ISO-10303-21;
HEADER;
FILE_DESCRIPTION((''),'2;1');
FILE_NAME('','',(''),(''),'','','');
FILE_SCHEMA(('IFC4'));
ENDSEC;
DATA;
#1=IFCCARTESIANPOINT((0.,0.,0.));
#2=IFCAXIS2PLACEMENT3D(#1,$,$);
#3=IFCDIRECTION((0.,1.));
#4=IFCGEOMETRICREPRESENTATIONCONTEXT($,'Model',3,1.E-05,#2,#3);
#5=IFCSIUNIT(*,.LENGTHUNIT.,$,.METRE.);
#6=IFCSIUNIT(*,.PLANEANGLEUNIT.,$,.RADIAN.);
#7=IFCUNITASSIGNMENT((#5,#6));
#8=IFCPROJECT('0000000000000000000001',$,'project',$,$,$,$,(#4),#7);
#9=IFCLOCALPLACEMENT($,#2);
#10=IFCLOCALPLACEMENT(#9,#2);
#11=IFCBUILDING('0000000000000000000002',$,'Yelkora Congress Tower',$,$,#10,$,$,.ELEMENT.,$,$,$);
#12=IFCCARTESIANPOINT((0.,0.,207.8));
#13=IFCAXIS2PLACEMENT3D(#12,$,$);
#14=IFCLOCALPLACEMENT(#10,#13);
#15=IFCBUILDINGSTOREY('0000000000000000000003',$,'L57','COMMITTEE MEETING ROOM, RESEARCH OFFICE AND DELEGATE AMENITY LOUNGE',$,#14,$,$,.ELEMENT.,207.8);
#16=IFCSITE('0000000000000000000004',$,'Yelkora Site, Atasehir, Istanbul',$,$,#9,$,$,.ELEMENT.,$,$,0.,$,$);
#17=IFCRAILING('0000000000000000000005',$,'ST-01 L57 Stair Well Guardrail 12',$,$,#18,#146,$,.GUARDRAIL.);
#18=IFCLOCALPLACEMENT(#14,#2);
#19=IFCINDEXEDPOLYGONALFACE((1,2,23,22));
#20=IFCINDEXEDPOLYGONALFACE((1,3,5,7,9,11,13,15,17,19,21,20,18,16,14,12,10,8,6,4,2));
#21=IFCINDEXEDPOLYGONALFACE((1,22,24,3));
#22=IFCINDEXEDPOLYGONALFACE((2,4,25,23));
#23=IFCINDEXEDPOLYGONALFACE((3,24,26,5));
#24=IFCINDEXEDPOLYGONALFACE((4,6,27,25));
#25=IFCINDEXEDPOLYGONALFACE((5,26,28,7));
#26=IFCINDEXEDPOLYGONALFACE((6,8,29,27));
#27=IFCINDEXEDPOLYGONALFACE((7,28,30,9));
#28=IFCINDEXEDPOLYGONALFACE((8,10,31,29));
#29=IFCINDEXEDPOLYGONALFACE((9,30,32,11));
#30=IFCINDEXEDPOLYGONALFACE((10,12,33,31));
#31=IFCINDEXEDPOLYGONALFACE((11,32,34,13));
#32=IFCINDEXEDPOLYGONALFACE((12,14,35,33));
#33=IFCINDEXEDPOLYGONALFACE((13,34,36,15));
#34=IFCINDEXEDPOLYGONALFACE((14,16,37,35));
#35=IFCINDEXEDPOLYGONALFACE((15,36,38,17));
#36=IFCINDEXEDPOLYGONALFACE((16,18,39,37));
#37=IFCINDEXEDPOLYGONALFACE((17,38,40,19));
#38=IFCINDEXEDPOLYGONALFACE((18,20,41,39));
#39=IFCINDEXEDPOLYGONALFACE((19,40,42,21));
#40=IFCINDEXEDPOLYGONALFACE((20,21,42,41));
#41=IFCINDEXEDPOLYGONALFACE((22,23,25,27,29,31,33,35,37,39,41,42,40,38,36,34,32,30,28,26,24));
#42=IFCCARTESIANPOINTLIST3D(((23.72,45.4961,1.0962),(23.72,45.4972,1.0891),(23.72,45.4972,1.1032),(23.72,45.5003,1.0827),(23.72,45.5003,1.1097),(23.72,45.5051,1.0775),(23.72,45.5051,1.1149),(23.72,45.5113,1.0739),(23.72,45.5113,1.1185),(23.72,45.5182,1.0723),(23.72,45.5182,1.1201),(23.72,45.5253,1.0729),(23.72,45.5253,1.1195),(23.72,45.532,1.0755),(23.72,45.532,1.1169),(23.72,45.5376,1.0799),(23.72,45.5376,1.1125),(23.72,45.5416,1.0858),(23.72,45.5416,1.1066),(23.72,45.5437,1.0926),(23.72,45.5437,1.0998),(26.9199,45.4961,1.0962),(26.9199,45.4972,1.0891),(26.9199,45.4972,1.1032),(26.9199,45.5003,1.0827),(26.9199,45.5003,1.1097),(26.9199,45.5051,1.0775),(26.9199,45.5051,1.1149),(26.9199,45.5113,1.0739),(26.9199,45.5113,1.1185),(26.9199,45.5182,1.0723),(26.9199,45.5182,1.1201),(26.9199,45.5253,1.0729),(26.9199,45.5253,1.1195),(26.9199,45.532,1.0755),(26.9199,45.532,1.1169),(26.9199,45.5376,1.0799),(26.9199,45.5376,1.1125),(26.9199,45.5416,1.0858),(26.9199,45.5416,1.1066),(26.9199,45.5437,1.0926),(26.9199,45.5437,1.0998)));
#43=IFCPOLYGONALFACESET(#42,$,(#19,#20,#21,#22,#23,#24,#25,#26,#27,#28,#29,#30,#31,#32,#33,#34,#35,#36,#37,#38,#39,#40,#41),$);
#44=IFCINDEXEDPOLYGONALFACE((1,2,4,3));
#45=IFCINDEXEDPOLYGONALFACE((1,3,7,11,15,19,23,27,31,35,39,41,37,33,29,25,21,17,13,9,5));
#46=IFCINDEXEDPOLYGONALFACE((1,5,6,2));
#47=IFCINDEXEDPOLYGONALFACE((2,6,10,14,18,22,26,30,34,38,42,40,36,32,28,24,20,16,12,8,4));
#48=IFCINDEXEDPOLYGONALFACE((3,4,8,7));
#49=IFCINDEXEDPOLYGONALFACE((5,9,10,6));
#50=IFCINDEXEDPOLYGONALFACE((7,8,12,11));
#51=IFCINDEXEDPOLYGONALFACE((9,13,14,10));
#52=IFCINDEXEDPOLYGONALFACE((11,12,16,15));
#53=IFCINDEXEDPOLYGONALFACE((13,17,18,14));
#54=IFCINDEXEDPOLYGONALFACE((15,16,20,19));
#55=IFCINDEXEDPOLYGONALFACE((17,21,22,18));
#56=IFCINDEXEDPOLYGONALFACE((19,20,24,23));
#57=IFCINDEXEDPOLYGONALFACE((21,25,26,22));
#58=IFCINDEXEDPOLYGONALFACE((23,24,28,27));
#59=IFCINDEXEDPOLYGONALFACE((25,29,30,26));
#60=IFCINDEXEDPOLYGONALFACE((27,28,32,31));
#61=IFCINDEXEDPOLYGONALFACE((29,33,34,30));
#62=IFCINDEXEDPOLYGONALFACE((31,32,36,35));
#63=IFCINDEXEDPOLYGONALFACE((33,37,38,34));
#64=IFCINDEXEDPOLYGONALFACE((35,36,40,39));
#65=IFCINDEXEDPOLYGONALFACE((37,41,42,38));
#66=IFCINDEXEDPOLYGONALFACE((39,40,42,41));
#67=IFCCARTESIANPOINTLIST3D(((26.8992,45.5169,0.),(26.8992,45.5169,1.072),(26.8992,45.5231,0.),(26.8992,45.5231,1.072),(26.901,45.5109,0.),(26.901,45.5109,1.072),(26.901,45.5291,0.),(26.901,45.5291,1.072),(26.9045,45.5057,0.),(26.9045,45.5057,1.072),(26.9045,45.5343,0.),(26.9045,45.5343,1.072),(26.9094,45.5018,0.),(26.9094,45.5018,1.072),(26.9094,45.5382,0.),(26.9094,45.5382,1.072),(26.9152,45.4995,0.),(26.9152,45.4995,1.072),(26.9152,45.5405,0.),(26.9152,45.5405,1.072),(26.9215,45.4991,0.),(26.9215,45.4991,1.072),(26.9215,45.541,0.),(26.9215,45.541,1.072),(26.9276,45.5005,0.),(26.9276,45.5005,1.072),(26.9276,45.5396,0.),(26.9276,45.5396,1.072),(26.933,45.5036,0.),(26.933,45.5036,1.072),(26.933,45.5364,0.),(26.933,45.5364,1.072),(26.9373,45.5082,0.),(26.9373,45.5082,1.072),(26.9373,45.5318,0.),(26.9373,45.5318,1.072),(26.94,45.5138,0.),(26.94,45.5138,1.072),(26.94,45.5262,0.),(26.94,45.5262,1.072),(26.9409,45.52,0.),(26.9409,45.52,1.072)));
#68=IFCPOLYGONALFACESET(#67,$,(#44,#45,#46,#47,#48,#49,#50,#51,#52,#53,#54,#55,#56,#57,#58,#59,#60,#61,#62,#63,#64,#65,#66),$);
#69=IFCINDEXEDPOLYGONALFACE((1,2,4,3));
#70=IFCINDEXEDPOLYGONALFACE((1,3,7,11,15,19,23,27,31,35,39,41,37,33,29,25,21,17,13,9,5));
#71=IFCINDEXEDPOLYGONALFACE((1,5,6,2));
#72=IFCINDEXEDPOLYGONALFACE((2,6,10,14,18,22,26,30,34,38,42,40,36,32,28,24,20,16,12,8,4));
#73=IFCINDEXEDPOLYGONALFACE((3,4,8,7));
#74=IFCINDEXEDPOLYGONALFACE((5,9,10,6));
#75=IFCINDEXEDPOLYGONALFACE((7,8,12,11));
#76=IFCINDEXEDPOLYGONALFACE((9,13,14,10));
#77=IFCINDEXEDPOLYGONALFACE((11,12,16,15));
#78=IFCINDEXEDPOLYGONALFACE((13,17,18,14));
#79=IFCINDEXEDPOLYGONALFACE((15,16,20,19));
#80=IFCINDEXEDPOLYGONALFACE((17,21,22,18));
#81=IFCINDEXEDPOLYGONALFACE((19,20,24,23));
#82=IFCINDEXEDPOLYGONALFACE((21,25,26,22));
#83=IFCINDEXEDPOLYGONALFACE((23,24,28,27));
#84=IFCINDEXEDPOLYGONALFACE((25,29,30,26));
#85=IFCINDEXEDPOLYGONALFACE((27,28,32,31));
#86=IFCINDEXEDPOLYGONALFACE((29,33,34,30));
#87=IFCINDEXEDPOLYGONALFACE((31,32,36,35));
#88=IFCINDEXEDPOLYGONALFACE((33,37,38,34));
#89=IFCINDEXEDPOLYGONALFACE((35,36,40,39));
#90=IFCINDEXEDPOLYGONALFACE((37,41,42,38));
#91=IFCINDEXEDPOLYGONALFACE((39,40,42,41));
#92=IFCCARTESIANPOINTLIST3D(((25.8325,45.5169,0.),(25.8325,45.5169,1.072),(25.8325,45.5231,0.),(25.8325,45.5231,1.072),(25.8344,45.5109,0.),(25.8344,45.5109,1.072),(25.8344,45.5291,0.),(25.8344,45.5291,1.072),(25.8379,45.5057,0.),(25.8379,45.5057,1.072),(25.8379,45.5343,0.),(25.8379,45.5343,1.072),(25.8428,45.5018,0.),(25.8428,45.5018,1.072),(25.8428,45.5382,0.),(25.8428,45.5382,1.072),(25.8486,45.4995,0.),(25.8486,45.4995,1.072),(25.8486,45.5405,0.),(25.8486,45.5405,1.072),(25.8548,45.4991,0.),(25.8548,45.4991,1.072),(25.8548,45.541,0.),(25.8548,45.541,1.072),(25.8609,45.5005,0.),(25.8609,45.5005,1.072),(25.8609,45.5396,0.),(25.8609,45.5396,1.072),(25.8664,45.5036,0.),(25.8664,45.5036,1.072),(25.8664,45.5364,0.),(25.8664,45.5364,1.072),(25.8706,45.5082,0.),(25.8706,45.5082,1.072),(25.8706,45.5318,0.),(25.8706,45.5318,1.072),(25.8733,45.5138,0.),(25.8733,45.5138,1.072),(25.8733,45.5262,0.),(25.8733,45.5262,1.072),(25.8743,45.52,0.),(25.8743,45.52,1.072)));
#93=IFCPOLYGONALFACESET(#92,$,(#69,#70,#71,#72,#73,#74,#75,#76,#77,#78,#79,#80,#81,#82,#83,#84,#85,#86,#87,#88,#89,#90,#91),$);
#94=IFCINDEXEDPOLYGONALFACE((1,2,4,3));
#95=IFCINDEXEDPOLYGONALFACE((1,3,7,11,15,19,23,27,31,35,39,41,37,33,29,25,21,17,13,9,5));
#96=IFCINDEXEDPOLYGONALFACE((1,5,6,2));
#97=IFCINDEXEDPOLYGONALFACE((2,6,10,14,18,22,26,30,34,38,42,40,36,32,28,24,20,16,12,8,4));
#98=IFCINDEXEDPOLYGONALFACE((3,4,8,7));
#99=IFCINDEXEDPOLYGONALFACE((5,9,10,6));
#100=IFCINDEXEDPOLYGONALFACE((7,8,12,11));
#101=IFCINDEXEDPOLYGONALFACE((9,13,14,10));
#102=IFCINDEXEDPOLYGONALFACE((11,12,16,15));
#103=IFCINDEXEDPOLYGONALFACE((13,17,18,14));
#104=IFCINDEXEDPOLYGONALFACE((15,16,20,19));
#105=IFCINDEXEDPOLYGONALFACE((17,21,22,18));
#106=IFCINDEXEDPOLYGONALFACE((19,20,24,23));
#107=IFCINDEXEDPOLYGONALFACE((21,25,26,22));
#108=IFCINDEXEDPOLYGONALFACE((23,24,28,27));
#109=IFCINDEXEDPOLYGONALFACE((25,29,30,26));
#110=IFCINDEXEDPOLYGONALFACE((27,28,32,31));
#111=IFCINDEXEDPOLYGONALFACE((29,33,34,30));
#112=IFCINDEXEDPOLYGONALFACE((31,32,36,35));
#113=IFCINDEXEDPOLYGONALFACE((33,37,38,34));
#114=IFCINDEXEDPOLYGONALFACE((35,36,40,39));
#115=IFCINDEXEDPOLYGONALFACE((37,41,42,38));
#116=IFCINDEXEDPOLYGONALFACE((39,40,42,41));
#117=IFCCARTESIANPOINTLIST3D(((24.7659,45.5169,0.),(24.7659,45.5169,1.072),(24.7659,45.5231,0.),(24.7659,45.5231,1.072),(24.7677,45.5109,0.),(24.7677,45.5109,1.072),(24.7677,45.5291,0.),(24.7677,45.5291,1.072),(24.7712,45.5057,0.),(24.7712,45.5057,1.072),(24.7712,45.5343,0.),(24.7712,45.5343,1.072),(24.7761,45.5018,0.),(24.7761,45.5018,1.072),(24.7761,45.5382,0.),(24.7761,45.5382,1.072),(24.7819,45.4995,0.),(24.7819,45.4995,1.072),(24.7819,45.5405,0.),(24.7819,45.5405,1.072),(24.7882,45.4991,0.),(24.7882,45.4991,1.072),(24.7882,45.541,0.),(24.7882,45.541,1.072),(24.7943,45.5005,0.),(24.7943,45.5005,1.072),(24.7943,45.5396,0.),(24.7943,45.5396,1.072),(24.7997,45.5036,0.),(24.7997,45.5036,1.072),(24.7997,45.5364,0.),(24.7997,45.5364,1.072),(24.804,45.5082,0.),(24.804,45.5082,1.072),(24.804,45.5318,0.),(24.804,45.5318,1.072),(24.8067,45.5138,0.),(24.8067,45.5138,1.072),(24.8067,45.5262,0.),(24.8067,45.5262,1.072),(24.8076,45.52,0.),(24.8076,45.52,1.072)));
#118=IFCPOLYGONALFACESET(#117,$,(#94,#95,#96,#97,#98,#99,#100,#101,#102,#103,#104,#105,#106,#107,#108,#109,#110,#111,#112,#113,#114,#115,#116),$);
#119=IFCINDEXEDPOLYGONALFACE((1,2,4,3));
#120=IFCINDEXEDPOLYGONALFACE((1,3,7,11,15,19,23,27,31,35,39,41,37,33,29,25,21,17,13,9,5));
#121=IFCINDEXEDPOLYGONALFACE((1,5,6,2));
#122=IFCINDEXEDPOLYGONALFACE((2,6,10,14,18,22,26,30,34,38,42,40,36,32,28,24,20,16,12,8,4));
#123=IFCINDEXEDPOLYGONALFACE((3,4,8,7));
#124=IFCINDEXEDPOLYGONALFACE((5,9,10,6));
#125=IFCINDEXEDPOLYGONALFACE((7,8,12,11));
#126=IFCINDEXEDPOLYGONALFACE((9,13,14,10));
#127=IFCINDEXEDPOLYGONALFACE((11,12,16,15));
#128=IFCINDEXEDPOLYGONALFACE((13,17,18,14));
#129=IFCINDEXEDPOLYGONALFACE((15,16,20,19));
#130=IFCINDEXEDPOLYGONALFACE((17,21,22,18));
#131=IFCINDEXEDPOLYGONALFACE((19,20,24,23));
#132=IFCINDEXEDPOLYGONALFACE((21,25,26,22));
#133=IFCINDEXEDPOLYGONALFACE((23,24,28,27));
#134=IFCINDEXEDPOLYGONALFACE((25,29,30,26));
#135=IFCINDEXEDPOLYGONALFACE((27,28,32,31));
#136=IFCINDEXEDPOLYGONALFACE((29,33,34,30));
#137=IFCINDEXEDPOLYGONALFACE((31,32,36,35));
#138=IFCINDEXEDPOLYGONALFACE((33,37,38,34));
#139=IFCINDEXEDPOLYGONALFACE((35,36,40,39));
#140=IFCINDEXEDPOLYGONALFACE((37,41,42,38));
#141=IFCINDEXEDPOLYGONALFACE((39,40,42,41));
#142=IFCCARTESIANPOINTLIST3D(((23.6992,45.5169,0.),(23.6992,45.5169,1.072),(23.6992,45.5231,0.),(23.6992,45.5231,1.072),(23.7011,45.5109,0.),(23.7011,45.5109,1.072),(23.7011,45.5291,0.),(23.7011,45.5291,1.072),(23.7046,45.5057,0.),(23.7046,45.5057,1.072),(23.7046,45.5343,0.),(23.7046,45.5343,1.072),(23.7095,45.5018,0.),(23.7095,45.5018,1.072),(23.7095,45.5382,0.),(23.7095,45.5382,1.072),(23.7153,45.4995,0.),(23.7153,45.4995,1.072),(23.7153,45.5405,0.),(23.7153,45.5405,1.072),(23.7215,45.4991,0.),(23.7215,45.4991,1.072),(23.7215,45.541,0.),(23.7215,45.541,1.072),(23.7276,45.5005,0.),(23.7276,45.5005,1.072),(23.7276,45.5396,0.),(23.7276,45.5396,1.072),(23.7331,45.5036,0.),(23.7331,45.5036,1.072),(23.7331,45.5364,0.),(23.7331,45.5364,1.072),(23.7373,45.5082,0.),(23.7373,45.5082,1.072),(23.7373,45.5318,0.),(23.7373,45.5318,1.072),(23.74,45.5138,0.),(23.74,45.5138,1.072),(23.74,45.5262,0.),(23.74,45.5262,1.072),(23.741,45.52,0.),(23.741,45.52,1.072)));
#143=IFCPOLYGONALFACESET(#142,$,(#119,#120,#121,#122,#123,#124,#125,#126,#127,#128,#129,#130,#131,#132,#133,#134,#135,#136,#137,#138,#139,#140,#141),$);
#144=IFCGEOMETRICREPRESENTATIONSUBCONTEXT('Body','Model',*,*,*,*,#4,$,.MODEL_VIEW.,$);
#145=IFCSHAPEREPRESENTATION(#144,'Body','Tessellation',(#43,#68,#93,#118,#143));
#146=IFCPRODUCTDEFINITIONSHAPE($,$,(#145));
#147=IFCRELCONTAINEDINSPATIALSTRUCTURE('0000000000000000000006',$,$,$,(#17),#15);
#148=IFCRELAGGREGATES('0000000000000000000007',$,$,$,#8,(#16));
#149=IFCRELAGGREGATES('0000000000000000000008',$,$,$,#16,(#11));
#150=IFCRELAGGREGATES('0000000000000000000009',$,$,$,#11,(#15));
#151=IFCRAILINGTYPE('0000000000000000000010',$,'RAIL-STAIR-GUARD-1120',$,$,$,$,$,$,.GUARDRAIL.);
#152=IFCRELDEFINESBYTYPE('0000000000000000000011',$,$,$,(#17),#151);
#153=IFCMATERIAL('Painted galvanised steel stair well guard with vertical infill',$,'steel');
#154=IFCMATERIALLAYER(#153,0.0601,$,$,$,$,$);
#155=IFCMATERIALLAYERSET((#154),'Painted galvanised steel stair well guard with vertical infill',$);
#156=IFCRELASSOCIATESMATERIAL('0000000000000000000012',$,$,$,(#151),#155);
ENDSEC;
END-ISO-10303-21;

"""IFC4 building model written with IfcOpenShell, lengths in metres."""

from ifc_helpers import new_model, si_unit, direction, frame, origin, origin_2d, place, context, subcontext, project, spatial, circle, extrude, material, layer, layer_set, type_object, element, save


model = new_model("IFC4")

# Units and contexts
model_context = context("Model", 3, precision=1e-05, world=origin(), true_north=direction((0.0, 1.0)))
body_context = subcontext(model_context, "Body", "Model", "MODEL_VIEW")
ifc_project = project(units=[si_unit("LENGTHUNIT", "METRE"), si_unit("PLANEANGLEUNIT", "RADIAN")], contexts=[model_context])

# Site, building, storey
site_placement = place(None, origin())
site = spatial("IfcSite", under=ifc_project, at=site_placement, Name="Yelkora Site, Atasehir, Istanbul", CompositionType="ELEMENT", RefElevation=0.0)
building_placement = place(site_placement, origin())
building = spatial("IfcBuilding", under=site, at=building_placement, Name="Yelkora Congress Tower", CompositionType="ELEMENT")
storey_placement = place(building_placement, frame((0.0, 0.0, 207.8)))
storey = spatial("IfcBuildingStorey", under=building, at=storey_placement, Name="L57", Description="COMMITTEE MEETING ROOM, RESEARCH OFFICE AND DELEGATE AMENITY LOUNGE", CompositionType="ELEMENT", Elevation=207.8)

# Railing
ifc_material_1 = material(Name="Painted galvanised steel stair well guard with vertical infill", Category="steel")
ifc_layer_1 = layer(ifc_material_1, 0.0601)
ifc_layer_set_1 = layer_set([ifc_layer_1], Name="Painted galvanised steel stair well guard with vertical infill")
railing_type_1 = type_object("IfcRailingType", Name="RAIL-STAIR-GUARD-1120", PredefinedType="GUARDRAIL", material=ifc_layer_set_1)
railing_1_placement = place(storey_placement, frame((26.9199, 45.52, 0.0)))
element("IfcRailing", 1, at=railing_1_placement, inside=storey, type_object=railing_type_1, Name="ST-01 L57 Stair Well Guardrail 12", PredefinedType="GUARDRAIL", context=body_context, shape_type="SweptSolid", body=[
    extrude(circle(Radius=0.0239, at=origin_2d()), frame((0.0, 0.0, 1.0962), z_axis=(-1.0, 0.0, 0.0), x_axis=(0.0, -1.0, 0.0)), (0.0, 0.0, 1.0), 3.2),
    extrude(circle(Radius=0.021, at=origin_2d()), origin(), (0.0, 0.0, 1.0), 1.072),
    extrude(circle(Radius=0.021, at=origin_2d()), frame((-1.0667, 0.0, 0.0)), (0.0, 0.0, 1.0), 1.072),
    extrude(circle(Radius=0.021, at=origin_2d()), frame((-2.1333, 0.0, 0.0)), (0.0, 0.0, 1.0), 1.072),
    extrude(circle(Radius=0.021, at=origin_2d()), frame((-3.2, 0.0, 0.0)), (0.0, 0.0, 1.0), 1.072),
])

save(model, "model.ifc")
